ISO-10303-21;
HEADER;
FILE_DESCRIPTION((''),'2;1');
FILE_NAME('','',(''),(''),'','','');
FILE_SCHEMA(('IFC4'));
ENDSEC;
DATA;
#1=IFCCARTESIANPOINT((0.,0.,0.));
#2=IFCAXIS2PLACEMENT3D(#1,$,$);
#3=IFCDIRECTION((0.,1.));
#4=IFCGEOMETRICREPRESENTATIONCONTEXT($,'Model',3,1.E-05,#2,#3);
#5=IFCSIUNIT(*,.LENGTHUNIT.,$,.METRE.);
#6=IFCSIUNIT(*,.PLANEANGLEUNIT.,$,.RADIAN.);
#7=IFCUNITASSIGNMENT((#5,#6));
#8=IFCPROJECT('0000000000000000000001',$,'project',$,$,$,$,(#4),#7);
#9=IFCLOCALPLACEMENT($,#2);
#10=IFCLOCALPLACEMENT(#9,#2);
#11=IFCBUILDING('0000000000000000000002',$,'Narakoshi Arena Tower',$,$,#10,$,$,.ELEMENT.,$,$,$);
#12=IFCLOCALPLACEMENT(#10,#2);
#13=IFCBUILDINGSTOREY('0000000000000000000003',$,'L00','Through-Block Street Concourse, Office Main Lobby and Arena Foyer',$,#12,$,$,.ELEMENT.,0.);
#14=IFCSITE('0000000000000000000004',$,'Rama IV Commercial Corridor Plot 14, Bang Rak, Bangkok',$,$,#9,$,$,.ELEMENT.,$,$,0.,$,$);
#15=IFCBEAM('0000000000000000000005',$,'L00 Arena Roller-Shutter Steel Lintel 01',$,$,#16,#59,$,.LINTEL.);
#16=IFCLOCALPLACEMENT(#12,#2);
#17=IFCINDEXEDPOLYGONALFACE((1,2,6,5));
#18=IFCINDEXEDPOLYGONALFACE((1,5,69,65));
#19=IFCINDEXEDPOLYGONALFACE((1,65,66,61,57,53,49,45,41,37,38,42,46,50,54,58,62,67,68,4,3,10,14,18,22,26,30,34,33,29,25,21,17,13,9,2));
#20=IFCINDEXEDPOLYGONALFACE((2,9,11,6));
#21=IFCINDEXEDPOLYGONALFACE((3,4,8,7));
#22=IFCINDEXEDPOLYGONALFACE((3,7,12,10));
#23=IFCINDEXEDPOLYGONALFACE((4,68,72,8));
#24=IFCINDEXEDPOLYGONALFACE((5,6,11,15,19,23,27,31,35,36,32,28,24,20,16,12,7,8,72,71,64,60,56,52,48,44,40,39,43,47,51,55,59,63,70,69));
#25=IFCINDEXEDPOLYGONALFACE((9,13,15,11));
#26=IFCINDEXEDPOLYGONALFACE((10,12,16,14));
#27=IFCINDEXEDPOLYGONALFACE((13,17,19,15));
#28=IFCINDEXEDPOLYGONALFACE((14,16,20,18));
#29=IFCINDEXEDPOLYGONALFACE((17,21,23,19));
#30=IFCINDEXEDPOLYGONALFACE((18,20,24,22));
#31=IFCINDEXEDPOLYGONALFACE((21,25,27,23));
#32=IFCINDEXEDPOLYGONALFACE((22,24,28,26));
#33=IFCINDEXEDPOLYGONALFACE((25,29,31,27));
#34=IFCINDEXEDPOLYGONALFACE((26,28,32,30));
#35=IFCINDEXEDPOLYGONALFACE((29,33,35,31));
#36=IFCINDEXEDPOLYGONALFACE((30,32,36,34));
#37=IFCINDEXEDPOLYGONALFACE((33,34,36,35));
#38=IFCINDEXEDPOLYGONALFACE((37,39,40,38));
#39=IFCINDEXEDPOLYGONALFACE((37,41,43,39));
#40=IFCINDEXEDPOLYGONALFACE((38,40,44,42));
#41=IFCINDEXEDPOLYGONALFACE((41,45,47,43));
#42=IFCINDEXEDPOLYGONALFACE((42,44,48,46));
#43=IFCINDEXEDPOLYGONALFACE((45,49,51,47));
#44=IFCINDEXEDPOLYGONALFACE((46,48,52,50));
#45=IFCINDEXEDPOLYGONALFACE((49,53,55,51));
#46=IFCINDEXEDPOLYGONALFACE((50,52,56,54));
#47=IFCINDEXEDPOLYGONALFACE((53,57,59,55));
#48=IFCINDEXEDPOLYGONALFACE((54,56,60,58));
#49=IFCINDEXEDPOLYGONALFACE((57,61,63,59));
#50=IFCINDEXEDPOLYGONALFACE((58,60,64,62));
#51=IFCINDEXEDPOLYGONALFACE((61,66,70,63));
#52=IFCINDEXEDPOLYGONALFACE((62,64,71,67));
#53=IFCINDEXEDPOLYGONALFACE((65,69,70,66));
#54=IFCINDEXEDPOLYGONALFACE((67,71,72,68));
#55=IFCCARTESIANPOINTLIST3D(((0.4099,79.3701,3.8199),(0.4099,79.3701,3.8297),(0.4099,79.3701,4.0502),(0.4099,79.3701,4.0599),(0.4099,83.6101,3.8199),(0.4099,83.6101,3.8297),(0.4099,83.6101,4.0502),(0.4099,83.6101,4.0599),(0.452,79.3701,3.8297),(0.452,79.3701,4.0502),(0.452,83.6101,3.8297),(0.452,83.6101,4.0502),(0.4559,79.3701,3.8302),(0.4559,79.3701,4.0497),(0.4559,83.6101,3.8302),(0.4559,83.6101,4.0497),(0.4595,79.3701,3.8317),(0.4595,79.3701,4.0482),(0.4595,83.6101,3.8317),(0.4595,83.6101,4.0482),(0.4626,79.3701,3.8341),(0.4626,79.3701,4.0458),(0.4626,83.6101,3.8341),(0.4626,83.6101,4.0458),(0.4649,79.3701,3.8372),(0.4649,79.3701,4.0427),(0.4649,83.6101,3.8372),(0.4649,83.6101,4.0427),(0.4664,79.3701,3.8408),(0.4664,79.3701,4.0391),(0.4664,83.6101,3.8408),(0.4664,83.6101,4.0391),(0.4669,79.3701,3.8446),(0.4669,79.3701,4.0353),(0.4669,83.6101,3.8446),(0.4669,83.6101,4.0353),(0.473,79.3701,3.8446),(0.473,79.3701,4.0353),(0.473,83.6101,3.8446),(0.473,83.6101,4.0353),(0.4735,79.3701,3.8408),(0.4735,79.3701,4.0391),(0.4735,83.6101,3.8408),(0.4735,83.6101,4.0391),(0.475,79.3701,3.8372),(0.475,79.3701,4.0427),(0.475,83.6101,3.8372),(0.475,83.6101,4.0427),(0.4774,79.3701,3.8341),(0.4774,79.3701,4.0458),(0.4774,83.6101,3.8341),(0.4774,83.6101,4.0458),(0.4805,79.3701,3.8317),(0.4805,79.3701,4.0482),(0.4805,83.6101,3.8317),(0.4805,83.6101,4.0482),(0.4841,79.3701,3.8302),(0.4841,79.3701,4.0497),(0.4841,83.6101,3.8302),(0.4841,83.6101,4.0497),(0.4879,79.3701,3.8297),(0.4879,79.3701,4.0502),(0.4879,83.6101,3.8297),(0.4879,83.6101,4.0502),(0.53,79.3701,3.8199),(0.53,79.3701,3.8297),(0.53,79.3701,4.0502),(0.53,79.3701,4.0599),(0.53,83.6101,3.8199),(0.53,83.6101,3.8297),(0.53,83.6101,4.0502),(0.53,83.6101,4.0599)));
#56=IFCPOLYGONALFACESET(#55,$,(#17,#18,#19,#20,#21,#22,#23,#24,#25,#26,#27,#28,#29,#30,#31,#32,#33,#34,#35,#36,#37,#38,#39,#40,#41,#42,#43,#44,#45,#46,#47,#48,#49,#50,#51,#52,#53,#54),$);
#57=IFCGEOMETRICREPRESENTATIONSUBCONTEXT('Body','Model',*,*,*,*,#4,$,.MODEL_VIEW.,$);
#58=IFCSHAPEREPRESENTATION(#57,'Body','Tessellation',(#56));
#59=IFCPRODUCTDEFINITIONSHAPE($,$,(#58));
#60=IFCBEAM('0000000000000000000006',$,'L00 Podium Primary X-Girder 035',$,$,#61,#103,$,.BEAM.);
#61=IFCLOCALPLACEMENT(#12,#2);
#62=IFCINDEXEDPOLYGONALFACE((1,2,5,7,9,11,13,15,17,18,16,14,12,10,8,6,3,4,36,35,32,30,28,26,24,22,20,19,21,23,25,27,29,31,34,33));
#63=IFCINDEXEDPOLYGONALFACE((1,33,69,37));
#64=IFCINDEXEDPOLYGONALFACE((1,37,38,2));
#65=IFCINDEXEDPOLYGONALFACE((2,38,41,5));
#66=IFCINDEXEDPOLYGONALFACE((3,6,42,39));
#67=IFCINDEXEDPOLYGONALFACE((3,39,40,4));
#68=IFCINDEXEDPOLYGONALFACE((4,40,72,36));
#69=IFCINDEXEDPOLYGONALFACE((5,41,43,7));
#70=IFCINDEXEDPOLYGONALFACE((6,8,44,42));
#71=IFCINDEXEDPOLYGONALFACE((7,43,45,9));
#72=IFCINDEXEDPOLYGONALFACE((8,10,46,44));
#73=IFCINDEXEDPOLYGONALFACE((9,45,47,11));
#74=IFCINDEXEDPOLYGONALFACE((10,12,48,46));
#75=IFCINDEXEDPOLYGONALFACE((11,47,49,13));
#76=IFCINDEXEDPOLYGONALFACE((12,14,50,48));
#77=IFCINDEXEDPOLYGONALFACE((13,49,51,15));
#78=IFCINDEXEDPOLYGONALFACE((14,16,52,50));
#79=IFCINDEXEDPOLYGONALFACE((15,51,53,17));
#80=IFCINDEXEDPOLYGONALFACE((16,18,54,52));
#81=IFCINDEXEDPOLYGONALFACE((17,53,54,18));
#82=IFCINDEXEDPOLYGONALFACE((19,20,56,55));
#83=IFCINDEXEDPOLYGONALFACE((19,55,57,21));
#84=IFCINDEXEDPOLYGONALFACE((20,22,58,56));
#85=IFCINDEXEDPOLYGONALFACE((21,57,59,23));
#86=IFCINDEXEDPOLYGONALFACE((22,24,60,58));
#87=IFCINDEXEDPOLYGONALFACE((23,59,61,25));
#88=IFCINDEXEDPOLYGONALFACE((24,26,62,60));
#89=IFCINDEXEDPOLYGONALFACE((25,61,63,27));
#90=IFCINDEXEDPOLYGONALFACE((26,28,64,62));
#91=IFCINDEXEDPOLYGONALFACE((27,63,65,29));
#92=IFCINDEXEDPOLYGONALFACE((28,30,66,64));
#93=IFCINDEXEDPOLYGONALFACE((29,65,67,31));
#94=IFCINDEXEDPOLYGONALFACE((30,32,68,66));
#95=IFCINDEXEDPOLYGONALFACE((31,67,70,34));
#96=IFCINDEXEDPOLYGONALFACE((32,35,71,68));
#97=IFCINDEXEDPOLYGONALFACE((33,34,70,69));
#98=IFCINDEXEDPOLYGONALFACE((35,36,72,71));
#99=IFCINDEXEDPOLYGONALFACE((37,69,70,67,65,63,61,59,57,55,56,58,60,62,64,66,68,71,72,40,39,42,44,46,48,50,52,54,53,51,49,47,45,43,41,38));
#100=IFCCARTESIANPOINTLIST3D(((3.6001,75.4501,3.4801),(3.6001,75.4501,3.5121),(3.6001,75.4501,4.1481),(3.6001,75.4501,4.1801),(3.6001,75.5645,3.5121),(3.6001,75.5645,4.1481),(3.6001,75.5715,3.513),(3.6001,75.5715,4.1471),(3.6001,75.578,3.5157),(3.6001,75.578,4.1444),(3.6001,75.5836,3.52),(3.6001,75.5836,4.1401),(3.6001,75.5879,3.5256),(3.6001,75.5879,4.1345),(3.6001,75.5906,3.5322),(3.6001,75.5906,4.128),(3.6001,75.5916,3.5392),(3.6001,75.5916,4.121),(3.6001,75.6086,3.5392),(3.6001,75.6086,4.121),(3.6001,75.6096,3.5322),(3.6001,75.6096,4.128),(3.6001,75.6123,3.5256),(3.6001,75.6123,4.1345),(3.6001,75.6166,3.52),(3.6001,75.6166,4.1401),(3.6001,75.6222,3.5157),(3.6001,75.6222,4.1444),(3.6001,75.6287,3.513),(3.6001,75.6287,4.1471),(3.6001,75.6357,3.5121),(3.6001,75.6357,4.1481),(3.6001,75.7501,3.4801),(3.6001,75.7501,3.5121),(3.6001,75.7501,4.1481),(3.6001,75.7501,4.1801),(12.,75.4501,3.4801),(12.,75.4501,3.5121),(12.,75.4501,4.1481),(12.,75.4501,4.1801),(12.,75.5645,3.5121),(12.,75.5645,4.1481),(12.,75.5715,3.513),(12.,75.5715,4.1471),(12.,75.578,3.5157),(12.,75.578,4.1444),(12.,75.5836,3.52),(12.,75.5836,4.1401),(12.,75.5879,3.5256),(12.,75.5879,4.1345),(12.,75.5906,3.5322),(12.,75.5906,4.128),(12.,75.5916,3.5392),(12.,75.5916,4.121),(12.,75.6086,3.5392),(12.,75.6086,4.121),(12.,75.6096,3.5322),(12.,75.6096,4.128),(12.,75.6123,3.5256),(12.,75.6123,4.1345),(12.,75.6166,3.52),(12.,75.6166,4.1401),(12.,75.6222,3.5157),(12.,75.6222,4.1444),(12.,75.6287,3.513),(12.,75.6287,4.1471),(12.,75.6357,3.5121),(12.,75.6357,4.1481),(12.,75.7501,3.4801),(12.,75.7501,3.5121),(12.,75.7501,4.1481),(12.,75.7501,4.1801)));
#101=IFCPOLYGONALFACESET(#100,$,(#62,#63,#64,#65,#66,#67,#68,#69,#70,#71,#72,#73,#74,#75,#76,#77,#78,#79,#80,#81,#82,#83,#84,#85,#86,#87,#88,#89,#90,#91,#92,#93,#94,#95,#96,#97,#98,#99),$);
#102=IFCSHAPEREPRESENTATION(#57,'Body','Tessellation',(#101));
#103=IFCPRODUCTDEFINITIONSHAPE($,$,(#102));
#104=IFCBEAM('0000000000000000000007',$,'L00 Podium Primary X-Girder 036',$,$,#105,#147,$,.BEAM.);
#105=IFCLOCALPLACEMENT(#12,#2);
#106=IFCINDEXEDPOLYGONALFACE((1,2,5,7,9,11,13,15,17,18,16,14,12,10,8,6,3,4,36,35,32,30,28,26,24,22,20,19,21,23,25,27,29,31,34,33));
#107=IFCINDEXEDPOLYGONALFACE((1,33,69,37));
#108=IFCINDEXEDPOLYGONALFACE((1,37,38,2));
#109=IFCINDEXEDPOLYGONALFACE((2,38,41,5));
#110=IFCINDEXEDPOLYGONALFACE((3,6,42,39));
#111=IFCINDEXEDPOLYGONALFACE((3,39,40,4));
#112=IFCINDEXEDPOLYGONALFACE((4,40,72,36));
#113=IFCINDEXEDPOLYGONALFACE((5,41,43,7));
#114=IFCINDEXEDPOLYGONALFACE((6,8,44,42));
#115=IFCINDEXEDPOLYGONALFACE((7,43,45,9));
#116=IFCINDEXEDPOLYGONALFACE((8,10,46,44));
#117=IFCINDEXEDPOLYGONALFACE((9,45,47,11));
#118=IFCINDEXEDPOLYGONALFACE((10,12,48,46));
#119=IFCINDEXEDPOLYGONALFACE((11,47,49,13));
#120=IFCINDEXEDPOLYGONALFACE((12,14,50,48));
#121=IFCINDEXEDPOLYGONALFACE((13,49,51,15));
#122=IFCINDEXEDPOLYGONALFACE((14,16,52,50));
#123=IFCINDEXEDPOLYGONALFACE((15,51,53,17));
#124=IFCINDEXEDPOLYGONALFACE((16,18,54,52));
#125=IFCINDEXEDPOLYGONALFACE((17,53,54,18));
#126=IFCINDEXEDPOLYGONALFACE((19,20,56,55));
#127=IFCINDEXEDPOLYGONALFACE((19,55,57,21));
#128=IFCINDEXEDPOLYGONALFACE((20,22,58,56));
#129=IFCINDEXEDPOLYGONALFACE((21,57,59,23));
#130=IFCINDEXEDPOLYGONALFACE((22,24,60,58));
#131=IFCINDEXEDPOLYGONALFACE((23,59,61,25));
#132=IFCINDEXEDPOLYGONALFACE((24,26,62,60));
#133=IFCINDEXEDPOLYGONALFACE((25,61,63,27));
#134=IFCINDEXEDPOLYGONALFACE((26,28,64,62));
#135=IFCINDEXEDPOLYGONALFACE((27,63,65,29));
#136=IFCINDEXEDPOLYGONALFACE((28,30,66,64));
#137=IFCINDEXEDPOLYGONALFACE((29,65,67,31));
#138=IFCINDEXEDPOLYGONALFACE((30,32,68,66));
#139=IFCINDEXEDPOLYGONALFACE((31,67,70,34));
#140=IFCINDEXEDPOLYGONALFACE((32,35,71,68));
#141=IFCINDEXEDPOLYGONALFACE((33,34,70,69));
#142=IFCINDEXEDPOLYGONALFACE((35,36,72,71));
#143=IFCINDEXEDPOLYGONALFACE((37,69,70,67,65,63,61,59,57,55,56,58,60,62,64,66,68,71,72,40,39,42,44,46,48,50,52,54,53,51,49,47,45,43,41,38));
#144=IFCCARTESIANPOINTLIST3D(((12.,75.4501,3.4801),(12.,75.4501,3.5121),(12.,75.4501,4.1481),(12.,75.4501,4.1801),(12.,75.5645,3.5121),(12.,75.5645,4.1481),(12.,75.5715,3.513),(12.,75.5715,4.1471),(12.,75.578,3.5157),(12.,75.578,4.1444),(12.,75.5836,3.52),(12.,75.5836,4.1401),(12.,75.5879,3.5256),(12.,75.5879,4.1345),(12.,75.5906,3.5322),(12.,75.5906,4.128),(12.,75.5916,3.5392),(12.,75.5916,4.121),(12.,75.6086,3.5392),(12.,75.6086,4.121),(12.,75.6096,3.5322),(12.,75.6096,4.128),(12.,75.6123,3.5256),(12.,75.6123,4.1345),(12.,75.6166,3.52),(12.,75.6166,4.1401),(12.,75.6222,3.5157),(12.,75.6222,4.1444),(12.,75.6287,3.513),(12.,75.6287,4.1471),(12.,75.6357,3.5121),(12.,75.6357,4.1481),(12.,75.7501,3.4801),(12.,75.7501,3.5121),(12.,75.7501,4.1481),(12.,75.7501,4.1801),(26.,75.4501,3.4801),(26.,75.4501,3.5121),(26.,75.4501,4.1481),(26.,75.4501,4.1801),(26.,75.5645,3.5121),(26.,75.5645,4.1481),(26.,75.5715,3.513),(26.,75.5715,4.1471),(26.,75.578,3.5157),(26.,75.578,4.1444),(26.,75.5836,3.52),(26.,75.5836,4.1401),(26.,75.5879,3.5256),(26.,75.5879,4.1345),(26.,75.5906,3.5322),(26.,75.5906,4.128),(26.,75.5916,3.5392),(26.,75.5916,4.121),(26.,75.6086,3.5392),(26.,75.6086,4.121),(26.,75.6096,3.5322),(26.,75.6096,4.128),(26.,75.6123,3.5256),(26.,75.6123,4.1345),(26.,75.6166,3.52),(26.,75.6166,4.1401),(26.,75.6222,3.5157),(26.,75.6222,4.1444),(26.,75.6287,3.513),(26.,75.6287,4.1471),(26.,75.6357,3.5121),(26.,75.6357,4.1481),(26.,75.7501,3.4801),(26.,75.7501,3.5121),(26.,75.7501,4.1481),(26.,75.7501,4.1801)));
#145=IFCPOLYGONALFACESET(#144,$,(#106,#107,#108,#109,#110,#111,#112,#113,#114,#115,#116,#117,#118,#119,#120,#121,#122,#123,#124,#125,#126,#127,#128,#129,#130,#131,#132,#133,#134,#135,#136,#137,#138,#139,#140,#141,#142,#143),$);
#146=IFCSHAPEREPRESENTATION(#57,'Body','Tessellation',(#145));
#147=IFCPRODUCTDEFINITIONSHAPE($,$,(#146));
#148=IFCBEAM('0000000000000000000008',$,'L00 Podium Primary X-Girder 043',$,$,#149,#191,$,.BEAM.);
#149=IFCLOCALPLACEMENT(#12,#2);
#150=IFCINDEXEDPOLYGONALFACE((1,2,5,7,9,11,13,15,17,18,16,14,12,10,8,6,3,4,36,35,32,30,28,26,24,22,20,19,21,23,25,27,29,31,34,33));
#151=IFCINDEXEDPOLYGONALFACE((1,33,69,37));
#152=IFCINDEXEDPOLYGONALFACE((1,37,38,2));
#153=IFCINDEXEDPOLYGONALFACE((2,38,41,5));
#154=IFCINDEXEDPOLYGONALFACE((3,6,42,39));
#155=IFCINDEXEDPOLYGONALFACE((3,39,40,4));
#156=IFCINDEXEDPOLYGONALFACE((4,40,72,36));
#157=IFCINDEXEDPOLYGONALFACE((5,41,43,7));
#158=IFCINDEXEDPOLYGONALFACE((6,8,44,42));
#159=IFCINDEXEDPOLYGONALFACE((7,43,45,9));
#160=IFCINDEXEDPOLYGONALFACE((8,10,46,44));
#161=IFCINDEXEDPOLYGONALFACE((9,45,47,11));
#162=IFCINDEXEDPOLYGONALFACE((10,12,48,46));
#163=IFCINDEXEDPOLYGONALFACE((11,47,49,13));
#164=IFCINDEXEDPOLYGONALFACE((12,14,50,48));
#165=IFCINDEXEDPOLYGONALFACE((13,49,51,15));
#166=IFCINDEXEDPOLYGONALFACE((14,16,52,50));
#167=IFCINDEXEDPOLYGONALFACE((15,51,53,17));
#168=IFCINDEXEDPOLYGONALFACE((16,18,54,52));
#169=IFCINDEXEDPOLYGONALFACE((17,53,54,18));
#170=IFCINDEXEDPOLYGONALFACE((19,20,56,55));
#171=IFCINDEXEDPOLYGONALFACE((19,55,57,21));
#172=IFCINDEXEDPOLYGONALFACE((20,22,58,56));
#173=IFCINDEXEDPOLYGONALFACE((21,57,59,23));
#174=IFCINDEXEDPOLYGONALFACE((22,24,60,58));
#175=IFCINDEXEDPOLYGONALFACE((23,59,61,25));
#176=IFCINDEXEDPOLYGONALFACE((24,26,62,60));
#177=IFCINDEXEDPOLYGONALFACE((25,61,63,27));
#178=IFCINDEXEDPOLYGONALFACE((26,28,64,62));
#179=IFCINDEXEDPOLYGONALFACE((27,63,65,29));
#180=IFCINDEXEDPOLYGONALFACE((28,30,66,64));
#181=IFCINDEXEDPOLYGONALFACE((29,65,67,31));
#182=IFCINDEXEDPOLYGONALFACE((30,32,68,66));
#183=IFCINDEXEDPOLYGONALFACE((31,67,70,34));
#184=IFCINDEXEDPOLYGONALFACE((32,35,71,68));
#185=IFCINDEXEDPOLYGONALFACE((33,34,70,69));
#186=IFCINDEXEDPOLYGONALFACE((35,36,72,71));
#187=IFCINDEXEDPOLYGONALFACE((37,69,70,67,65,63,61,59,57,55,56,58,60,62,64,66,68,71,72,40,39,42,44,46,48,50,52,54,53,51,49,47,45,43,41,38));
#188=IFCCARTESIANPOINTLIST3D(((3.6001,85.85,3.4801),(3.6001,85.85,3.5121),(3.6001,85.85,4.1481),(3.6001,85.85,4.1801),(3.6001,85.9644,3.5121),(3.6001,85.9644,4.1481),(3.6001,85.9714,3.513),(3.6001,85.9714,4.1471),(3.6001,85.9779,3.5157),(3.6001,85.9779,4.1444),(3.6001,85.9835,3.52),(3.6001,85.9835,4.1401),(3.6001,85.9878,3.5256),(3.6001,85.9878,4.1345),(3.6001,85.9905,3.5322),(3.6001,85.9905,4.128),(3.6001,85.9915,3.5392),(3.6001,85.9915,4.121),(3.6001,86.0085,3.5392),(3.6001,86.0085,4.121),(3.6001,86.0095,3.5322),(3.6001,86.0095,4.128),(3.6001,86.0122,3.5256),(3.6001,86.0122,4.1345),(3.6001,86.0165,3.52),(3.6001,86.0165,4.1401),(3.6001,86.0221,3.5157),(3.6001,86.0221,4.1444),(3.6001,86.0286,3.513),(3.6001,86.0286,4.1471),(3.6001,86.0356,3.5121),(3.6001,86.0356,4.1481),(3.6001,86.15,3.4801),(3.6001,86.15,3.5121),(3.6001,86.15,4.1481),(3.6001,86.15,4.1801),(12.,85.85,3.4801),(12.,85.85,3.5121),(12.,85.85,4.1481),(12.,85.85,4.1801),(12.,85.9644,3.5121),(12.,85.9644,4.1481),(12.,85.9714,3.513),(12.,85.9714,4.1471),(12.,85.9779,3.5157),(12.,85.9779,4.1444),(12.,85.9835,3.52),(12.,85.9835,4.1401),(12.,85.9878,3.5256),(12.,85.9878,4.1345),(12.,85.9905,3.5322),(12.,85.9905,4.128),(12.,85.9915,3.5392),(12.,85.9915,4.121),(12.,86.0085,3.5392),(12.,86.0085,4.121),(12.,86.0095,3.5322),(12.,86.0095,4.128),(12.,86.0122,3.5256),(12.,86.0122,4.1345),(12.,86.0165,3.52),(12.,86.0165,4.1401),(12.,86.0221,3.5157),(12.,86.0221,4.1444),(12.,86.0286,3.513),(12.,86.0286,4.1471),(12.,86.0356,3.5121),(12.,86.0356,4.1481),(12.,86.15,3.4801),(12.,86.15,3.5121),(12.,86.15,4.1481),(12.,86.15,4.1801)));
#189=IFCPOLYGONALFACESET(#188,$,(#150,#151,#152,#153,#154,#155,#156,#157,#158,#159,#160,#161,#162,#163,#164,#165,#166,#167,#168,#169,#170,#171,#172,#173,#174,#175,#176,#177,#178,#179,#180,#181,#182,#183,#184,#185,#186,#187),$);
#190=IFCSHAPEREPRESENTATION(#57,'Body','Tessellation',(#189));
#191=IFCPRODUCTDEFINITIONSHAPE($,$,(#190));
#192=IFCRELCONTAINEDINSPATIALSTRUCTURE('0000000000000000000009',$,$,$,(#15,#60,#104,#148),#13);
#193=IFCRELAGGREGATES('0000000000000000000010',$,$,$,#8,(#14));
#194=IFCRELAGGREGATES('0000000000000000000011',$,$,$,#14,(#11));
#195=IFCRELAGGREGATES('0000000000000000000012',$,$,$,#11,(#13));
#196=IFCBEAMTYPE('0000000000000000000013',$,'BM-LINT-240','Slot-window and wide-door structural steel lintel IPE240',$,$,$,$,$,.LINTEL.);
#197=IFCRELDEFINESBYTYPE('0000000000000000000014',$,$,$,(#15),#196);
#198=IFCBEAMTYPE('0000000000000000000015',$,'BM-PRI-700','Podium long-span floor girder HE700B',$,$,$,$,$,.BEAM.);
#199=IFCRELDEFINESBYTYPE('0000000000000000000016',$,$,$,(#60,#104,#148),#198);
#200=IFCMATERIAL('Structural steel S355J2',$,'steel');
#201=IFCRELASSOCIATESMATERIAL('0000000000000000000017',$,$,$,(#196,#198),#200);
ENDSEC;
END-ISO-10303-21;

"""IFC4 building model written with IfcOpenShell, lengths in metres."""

from ifc_helpers import new_model, si_unit, direction, frame, origin, origin_2d, place, context, subcontext, project, spatial, i_section, extrude, material, material_profile, profile_set, type_object, element, save


model = new_model("IFC4")

# Units and contexts
model_context = context("Model", 3, precision=1e-05, world=origin(), true_north=direction((0.0, 1.0)))
body_context = subcontext(model_context, "Body", "Model", "MODEL_VIEW")
ifc_project = project(units=[si_unit("LENGTHUNIT", "METRE"), si_unit("PLANEANGLEUNIT", "RADIAN")], contexts=[model_context])

# Site, building, storey
site_placement = place(None, origin())
site = spatial("IfcSite", under=ifc_project, at=site_placement, Name="Rama IV Commercial Corridor Plot 14, Bang Rak, Bangkok", CompositionType="ELEMENT", RefElevation=0.0)
building_placement = place(site_placement, origin())
building = spatial("IfcBuilding", under=site, at=building_placement, Name="Narakoshi Arena Tower", CompositionType="ELEMENT")
storey_placement = place(building_placement, origin())
storey = spatial("IfcBuildingStorey", under=building, at=storey_placement, Name="L00", Description="Through-Block Street Concourse, Office Main Lobby and Arena Foyer", CompositionType="ELEMENT", Elevation=0.0)

# Shared definitions
ifc_material_1 = material(Name="Structural steel S355J2", Category="steel")

# Beams
ifc_material_profile_1 = material_profile(ifc_material_1, i_section(OverallWidth=0.1201, OverallDepth=0.24, WebThickness=0.0061, FlangeThickness=0.0098, FilletRadius=0.0149, at=origin_2d()), Name="IPE240")
ifc_profile_set_1 = profile_set([ifc_material_profile_1], Name="Structural steel S355J2")
beam_type_1 = type_object("IfcBeamType", Name="BM-LINT-240", Description="Slot-window and wide-door structural steel lintel IPE240", PredefinedType="LINTEL", material=ifc_profile_set_1)
beam_1_placement = place(storey_placement, frame((0.47, 83.6101, 3.9399), z_axis=(0.0, -1.0, 0.0), x_axis=(1.0, 0.0, 0.0)))
element("IfcBeam", 1, at=beam_1_placement, inside=storey, type_object=beam_type_1, Name="L00 Arena Roller-Shutter Steel Lintel 01", PredefinedType="LINTEL", context=body_context, shape_type="SweptSolid", body=[
    extrude(i_section(OverallWidth=0.1201, OverallDepth=0.24, WebThickness=0.0061, FlangeThickness=0.0098, FilletRadius=0.0149, at=origin_2d()), origin(), (0.0, 0.0, 1.0), 4.24),
])
ifc_material_profile_2 = material_profile(ifc_material_1, i_section(OverallWidth=0.3, OverallDepth=0.7, WebThickness=0.0171, FlangeThickness=0.032, FilletRadius=0.0271, at=origin_2d()), Name="HE700B")
ifc_profile_set_2 = profile_set([ifc_material_profile_2], Name="Structural steel S355J2")
beam_type_2 = type_object("IfcBeamType", Name="BM-PRI-700", Description="Podium long-span floor girder HE700B", PredefinedType="BEAM", material=ifc_profile_set_2)
beam_2_placement = place(storey_placement, frame((3.6001, 75.6001, 3.8301), z_axis=(1.0, 0.0, 0.0), x_axis=(0.0, 1.0, 0.0)))
element("IfcBeam", 2, at=beam_2_placement, inside=storey, type_object=beam_type_2, Name="L00 Podium Primary X-Girder 035", PredefinedType="BEAM", context=body_context, shape_type="SweptSolid", body=[
    extrude(i_section(OverallWidth=0.3, OverallDepth=0.7, WebThickness=0.0171, FlangeThickness=0.032, FilletRadius=0.0271, at=origin_2d()), origin(), (0.0, 0.0, 1.0), 8.3999),
])
beam_3_placement = place(storey_placement, frame((12.0, 75.6001, 3.8301), z_axis=(1.0, 0.0, 0.0), x_axis=(0.0, 1.0, 0.0)))
element("IfcBeam", 3, at=beam_3_placement, inside=storey, type_object=beam_type_2, Name="L00 Podium Primary X-Girder 036", PredefinedType="BEAM", context=body_context, shape_type="SweptSolid", body=[
    extrude(i_section(OverallWidth=0.3, OverallDepth=0.7, WebThickness=0.0171, FlangeThickness=0.032, FilletRadius=0.0271, at=origin_2d()), origin(), (0.0, 0.0, 1.0), 14.0),
])
beam_4_placement = place(storey_placement, frame((3.6001, 86.0, 3.8301), z_axis=(1.0, 0.0, 0.0), x_axis=(0.0, 1.0, 0.0)))
element("IfcBeam", 4, at=beam_4_placement, inside=storey, type_object=beam_type_2, Name="L00 Podium Primary X-Girder 043", PredefinedType="BEAM", context=body_context, shape_type="SweptSolid", body=[
    extrude(i_section(OverallWidth=0.3, OverallDepth=0.7, WebThickness=0.0171, FlangeThickness=0.032, FilletRadius=0.0271, at=origin_2d()), origin(), (0.0, 0.0, 1.0), 8.3999),
])

save(model, "model.ifc")
